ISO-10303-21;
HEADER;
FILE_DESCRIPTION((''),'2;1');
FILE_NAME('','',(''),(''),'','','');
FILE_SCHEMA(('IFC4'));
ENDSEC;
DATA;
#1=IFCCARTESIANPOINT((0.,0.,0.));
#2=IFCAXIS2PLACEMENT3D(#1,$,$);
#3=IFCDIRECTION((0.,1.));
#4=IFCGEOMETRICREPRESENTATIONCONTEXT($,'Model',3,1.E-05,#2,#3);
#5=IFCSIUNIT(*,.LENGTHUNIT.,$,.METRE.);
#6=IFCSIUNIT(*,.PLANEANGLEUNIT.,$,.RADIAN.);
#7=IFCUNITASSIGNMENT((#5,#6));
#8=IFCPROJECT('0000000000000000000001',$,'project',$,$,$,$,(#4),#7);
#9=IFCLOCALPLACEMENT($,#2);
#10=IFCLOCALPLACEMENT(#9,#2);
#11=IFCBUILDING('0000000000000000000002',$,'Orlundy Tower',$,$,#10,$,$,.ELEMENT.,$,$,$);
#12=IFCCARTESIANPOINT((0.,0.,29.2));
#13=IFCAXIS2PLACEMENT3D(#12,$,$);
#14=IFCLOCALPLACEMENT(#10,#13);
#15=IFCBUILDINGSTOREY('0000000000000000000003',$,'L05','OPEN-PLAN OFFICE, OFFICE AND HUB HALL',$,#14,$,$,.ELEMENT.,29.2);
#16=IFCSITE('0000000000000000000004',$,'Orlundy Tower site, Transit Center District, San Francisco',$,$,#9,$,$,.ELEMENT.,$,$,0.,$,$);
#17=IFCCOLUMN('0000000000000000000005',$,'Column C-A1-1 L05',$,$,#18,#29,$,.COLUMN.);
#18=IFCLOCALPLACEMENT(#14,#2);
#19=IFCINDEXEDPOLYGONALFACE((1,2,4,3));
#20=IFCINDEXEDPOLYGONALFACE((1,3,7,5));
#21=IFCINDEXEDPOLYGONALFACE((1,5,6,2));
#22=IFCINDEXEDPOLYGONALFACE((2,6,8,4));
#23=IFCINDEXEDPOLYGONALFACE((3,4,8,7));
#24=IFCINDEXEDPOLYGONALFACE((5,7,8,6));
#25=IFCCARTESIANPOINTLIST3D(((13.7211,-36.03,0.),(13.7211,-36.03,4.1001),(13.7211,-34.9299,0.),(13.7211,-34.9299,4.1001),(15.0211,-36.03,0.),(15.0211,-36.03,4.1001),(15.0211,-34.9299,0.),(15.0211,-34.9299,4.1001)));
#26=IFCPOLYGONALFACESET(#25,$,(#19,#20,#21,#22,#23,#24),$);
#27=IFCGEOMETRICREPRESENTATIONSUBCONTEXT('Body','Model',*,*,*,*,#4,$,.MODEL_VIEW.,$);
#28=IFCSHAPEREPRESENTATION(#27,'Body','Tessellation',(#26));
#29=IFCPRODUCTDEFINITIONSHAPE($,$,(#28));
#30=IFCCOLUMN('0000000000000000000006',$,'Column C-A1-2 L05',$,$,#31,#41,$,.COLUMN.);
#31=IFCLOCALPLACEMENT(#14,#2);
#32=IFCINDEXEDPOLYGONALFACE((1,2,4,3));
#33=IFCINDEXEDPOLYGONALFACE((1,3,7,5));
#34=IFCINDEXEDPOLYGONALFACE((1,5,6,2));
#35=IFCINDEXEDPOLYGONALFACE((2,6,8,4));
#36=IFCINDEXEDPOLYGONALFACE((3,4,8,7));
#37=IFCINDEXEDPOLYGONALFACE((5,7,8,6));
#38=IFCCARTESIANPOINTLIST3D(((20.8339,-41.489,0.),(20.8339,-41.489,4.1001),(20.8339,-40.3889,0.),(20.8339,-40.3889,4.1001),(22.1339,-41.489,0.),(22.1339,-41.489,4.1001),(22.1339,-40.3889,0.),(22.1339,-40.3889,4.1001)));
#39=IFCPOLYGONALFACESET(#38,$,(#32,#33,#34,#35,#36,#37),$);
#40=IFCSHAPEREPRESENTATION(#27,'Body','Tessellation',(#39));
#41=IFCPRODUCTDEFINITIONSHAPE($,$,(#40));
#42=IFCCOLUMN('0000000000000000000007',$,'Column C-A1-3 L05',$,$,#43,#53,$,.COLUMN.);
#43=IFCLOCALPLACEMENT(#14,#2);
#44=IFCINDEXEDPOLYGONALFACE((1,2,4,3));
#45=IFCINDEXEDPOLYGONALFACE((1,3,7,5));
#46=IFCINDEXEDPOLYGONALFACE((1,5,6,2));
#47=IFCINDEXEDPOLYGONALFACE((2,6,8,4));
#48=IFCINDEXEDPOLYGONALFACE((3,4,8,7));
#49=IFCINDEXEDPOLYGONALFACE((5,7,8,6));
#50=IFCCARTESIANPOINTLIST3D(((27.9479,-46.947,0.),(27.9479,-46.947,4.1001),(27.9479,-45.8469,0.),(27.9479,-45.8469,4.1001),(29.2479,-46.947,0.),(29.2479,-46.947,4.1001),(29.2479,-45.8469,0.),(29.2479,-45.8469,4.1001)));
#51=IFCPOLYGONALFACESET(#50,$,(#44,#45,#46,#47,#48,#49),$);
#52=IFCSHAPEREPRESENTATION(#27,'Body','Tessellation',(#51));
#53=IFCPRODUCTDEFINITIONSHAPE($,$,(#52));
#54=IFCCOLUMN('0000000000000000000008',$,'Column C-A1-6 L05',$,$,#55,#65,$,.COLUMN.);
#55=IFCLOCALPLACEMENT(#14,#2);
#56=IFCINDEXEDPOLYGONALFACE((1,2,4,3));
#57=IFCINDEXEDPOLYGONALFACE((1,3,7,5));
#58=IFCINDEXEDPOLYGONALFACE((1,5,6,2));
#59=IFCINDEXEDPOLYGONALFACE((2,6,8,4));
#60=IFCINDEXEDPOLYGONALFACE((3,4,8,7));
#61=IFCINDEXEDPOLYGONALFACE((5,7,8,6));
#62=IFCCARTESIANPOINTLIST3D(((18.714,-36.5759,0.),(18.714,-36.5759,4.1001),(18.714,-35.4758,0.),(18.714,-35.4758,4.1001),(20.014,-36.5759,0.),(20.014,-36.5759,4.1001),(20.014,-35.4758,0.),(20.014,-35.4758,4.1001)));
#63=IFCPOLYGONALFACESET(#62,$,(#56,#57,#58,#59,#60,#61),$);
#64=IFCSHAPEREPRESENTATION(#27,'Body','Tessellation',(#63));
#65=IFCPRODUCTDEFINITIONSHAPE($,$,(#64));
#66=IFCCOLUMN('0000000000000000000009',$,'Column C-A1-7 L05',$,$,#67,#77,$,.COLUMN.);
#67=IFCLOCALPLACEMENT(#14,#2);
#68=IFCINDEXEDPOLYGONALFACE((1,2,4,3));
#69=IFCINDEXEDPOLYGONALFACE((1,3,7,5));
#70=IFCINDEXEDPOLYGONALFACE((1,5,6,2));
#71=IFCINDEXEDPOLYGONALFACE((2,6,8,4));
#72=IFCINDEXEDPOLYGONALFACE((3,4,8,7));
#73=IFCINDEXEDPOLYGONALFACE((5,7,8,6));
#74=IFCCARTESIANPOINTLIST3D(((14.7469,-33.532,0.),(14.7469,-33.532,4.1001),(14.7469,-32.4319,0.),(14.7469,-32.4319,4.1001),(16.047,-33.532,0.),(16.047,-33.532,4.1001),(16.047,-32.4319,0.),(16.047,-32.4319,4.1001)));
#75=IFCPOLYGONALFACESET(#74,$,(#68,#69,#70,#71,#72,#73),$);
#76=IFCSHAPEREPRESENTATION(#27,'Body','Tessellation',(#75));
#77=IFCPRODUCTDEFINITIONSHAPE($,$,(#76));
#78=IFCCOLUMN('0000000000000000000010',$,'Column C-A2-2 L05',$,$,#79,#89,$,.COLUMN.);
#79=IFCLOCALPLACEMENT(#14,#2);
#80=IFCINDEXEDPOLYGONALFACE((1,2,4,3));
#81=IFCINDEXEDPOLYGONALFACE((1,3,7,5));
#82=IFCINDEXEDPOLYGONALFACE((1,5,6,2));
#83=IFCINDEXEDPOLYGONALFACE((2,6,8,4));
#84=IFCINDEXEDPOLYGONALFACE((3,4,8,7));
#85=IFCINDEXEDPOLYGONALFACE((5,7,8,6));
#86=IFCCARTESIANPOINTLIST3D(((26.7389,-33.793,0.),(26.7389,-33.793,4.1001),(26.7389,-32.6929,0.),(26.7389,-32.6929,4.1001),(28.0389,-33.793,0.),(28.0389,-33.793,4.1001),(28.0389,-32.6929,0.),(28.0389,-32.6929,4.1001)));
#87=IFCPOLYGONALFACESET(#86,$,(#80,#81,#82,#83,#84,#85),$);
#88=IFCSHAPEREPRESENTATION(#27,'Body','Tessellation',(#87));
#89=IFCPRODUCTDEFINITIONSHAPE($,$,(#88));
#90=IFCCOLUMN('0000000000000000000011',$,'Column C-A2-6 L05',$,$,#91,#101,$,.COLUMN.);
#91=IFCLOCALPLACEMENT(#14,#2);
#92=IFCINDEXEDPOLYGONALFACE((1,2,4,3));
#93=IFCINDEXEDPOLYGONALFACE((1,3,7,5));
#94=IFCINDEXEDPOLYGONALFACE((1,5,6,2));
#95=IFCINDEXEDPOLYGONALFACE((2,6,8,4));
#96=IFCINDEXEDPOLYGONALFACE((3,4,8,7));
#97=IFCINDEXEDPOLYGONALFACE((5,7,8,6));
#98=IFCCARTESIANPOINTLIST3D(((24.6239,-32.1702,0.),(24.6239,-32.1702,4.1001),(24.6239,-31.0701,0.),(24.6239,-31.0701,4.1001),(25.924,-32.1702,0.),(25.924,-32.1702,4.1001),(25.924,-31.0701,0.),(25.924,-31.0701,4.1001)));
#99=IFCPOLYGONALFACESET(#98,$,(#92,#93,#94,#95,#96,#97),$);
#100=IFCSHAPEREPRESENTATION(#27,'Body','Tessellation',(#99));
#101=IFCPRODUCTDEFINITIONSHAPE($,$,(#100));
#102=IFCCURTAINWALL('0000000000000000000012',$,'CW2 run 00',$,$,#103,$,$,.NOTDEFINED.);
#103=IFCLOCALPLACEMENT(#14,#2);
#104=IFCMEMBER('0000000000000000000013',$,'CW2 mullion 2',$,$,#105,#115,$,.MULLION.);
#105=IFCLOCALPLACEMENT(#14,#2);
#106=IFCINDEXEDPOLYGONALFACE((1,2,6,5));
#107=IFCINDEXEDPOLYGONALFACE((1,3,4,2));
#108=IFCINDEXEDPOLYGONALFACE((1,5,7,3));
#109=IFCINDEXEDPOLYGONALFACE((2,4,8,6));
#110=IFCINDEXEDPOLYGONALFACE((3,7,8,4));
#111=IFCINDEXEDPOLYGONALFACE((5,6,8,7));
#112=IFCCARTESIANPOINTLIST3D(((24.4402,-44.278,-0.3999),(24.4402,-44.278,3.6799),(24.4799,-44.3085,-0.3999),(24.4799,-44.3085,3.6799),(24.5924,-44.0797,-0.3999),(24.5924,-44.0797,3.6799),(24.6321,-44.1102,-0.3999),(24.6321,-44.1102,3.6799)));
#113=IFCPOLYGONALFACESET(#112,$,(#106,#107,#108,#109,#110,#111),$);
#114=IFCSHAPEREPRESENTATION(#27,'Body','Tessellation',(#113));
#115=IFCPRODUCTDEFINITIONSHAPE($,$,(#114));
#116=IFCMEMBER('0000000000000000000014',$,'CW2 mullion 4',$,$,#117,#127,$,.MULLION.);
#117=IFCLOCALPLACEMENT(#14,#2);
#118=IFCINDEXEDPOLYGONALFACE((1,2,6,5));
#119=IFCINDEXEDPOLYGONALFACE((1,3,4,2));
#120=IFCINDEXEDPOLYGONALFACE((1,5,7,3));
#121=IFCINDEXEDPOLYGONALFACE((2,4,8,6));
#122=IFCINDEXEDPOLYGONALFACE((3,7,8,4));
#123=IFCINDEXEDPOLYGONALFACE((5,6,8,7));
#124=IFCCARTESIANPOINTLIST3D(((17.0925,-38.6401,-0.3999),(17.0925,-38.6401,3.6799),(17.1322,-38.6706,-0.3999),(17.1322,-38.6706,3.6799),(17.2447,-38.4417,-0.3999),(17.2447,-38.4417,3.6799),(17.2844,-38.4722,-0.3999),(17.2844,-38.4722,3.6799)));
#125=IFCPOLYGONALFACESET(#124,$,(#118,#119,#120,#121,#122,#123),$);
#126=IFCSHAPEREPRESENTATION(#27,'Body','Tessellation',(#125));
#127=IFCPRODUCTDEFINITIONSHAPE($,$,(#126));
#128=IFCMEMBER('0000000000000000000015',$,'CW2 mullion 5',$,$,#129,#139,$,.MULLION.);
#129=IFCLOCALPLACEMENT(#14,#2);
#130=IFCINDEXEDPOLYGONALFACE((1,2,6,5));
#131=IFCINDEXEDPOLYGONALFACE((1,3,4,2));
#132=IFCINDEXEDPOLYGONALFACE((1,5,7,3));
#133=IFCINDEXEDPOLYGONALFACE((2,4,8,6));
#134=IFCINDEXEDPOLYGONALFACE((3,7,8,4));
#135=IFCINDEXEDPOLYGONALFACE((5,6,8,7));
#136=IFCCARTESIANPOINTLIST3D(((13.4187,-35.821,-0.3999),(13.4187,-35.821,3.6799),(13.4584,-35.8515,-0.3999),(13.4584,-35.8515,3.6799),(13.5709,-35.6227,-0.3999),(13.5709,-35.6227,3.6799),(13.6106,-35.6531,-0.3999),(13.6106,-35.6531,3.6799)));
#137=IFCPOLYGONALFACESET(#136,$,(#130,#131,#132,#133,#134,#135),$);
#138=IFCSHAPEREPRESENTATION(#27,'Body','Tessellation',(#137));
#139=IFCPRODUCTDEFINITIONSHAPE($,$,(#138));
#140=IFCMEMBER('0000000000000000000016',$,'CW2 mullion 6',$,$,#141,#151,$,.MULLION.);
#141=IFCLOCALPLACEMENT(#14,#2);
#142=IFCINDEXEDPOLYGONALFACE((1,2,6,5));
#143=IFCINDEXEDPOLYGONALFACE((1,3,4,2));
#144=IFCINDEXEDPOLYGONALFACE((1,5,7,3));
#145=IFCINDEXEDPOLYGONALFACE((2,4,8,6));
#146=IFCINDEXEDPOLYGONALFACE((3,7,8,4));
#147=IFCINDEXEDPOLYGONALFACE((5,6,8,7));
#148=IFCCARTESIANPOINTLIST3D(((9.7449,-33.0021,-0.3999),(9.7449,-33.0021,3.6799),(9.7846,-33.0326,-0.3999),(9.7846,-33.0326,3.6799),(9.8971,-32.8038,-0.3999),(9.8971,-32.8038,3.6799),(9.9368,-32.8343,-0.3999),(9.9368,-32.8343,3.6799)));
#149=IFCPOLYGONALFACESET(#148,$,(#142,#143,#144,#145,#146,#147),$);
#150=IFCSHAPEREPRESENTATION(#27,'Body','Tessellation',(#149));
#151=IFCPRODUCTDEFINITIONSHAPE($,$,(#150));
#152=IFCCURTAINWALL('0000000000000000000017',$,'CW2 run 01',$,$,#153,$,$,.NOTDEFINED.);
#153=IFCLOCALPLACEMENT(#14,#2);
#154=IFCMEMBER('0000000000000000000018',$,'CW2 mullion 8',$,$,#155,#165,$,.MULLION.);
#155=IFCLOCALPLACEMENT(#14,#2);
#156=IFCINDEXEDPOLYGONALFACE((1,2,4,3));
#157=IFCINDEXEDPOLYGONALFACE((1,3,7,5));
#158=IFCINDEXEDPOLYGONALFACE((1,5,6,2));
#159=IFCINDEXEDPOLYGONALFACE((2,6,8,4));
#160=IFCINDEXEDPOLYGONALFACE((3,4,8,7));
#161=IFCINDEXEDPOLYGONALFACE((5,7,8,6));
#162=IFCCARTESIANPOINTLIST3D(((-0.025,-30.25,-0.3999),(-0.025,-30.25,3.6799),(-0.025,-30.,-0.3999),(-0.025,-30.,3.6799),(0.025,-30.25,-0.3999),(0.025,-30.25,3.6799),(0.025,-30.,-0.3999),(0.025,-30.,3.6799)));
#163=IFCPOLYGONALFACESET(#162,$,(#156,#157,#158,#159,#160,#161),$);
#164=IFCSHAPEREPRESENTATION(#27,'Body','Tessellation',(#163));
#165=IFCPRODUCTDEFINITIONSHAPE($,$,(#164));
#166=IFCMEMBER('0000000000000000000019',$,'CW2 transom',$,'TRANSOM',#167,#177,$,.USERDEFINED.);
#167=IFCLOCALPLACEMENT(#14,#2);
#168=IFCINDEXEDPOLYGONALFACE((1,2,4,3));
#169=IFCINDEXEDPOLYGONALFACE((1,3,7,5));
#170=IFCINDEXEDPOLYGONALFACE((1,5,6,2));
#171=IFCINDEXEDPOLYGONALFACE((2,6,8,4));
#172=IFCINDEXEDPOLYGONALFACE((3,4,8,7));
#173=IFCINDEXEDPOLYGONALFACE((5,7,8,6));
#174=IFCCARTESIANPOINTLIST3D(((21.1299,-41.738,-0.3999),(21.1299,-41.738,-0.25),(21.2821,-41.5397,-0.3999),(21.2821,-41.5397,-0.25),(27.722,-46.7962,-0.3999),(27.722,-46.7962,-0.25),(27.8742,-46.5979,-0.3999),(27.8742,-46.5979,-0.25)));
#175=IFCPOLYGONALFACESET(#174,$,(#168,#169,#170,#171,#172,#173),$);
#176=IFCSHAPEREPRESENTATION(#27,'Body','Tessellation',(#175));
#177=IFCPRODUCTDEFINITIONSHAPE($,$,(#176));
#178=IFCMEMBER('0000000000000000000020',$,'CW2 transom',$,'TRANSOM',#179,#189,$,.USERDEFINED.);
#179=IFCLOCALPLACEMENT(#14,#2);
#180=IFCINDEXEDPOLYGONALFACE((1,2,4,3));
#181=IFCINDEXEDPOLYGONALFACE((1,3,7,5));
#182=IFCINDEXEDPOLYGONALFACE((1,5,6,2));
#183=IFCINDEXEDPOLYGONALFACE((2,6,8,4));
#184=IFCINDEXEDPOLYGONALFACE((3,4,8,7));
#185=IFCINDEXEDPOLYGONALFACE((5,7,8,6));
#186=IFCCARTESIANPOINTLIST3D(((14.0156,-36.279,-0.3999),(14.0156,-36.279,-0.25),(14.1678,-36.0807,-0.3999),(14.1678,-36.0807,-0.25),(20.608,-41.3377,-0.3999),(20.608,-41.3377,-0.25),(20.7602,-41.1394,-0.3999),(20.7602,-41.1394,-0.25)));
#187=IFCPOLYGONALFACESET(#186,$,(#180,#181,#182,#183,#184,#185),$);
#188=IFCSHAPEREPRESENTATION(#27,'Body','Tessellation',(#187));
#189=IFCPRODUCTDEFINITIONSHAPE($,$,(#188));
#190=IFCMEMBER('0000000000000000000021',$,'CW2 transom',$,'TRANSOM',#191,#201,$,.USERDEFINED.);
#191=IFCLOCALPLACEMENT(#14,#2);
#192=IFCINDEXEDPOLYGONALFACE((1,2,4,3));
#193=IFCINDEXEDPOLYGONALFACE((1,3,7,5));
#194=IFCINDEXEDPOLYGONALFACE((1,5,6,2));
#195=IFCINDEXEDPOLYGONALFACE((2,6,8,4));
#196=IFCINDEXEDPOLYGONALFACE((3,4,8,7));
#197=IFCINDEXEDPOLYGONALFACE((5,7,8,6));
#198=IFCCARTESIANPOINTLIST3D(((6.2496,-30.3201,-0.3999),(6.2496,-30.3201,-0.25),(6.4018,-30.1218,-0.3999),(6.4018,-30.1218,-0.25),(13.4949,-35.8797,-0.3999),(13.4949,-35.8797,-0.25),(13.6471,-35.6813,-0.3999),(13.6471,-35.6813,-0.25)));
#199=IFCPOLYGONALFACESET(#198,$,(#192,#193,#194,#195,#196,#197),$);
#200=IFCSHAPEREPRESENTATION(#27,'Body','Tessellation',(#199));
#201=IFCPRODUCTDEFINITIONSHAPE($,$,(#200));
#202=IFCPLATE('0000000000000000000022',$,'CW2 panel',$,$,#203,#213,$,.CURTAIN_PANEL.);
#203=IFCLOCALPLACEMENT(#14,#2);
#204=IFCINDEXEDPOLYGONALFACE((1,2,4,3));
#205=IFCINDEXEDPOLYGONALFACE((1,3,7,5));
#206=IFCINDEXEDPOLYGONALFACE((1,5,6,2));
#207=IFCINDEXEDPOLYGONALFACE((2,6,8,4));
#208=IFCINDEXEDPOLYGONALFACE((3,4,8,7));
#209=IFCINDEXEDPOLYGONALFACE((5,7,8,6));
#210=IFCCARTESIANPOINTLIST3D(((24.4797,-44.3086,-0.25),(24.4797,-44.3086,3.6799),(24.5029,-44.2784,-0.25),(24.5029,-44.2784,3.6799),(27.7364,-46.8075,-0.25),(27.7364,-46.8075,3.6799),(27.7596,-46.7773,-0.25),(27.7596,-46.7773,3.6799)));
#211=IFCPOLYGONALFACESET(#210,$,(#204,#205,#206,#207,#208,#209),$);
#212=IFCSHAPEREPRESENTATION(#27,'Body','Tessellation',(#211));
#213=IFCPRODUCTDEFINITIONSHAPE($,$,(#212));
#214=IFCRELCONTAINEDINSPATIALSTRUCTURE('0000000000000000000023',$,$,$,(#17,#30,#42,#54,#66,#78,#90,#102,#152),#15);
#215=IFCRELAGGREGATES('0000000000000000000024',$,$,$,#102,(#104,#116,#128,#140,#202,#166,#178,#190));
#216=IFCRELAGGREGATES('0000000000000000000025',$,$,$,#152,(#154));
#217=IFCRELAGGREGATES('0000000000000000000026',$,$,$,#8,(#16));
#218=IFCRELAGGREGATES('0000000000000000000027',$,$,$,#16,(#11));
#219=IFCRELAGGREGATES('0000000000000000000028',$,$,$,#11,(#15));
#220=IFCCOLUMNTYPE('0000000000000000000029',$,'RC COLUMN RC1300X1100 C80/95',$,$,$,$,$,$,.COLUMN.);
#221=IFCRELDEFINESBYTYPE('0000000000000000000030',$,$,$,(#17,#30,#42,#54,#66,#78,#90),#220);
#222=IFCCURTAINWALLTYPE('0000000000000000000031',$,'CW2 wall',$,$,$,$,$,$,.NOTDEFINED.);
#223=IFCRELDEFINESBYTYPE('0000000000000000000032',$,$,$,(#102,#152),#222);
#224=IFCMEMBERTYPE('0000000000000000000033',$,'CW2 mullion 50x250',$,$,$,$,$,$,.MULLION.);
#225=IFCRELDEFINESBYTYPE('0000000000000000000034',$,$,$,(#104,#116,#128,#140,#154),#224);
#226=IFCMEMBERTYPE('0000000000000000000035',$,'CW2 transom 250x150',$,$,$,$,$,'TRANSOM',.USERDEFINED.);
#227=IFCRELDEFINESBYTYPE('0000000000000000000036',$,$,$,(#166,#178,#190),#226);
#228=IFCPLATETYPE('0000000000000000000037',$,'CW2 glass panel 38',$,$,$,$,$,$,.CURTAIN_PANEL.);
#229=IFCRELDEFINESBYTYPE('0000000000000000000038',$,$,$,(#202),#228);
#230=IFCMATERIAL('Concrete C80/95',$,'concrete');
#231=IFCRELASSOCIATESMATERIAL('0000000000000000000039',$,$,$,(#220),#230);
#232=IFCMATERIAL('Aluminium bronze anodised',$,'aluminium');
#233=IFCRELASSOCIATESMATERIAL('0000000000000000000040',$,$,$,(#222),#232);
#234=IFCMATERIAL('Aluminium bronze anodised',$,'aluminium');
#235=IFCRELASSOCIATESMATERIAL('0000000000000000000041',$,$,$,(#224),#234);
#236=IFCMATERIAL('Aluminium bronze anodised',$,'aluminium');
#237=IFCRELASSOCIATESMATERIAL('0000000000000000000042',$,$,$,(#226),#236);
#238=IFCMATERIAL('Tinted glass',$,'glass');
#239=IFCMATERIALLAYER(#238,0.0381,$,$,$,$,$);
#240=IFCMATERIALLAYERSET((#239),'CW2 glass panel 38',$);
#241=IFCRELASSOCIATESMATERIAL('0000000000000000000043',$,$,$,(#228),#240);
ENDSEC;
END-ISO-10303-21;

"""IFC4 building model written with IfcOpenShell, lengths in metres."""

from ifc_helpers import new_model, si_unit, direction, frame, origin, origin_2d, place, context, subcontext, project, spatial, rectangle, extrude, material, layer, layer_set, material_profile, profile_set, type_object, element, aggregate, save


model = new_model("IFC4")

# Units and contexts
model_context = context("Model", 3, precision=1e-05, world=origin(), true_north=direction((0.0, 1.0)))
body_context = subcontext(model_context, "Body", "Model", "MODEL_VIEW")
ifc_project = project(units=[si_unit("LENGTHUNIT", "METRE"), si_unit("PLANEANGLEUNIT", "RADIAN")], contexts=[model_context])

# Site, building, storey
site_placement = place(None, origin())
site = spatial("IfcSite", under=ifc_project, at=site_placement, Name="Orlundy Tower site, Transit Center District, San Francisco", CompositionType="ELEMENT", RefElevation=0.0)
building_placement = place(site_placement, origin())
building = spatial("IfcBuilding", under=site, at=building_placement, Name="Orlundy Tower", CompositionType="ELEMENT")
storey_placement = place(building_placement, frame((0.0, 0.0, 29.2)))
storey = spatial("IfcBuildingStorey", under=building, at=storey_placement, Name="L05", Description="OPEN-PLAN OFFICE, OFFICE AND HUB HALL", CompositionType="ELEMENT", Elevation=29.2)

# Columns
ifc_material_1 = material(Name="Concrete C80/95", Category="concrete")
ifc_material_profile_1 = material_profile(ifc_material_1, rectangle(XDim=1.3, YDim=1.1001, at=origin_2d()), Name="RC1300X1100")
ifc_profile_set_1 = profile_set([ifc_material_profile_1], Name="Concrete C80/95")
column_type = type_object("IfcColumnType", Name="RC COLUMN RC1300X1100 C80/95", PredefinedType="COLUMN", material=ifc_profile_set_1)
for number, where, z_axis, x_axis, name in (
    (1, (14.3711, -35.48, 0.0), (0.0, 0.0, 1.0), (1.0, 0.0, 0.0), "Column C-A1-1 L05"),
    (2, (21.4839, -40.939, 0.0), (0.0, 0.0, 1.0), (1.0, 0.0, 0.0), "Column C-A1-2 L05"),
    (3, (28.5979, -46.397, 0.0), (0.0, 0.0, 1.0), (1.0, 0.0, 0.0), "Column C-A1-3 L05"),
    (4, (19.364, -36.0259, 0.0), (0.0, 0.0, 1.0), (1.0, 0.0, 0.0), "Column C-A1-6 L05"),
    (5, (15.397, -32.9819, 0.0), (0.0, 0.0, 1.0), (1.0, 0.0, 0.0), "Column C-A1-7 L05"),
    (6, (27.3889, -33.2429, 0.0), (0.0, 0.0, 1.0), (1.0, 0.0, 0.0), "Column C-A2-2 L05"),
    (7, (25.2739, -31.6201, 0.0), (0.0, 0.0, 1.0), (1.0, 0.0, 0.0), "Column C-A2-6 L05"),
):
    element("IfcColumn", number, at=place(storey_placement, frame(where, z_axis=z_axis, x_axis=x_axis)), inside=storey, type_object=column_type, Name=name, PredefinedType="COLUMN", context=body_context, shape_type="SweptSolid", body=[
        extrude(rectangle(XDim=1.3, YDim=1.1001, at=origin_2d()), origin(), (0.0, 0.0, 1.0), 4.1001),
    ])

# Curtain wall, members
ifc_material_2 = material(Name="Aluminium bronze anodised", Category="aluminium")
curtain_wall_type = type_object("IfcCurtainWallType", Name="CW2 wall", PredefinedType="NOTDEFINED", material=ifc_material_2)
curtain_wall_1_placement = place(storey_placement, origin())
curtain_wall_1 = element("IfcCurtainWall", 8, at=curtain_wall_1_placement, inside=storey, type_object=curtain_wall_type, Name="CW2 run 00", PredefinedType="NOTDEFINED")
ifc_material_3 = material(Name="Aluminium bronze anodised", Category="aluminium")
ifc_material_profile_2 = material_profile(ifc_material_3, rectangle(XDim=0.25, YDim=0.05, at=origin_2d()), Name="CW2 mullion 50x250")
ifc_profile_set_2 = profile_set([ifc_material_profile_2], Name="Aluminium bronze anodised")
member_type_1 = type_object("IfcMemberType", Name="CW2 mullion 50x250", PredefinedType="MULLION", material=ifc_profile_set_2)
member_1_placement = place(storey_placement, frame((24.5361, -44.1941, -0.3999), z_axis=(0.0, 0.0, 1.0), x_axis=(-0.608757, -0.793357, 0.0)))
member_1 = element("IfcMember", 9, at=member_1_placement, type_object=member_type_1, Name="CW2 mullion 2", PredefinedType="MULLION", context=body_context, shape_type="SweptSolid", body=[
    extrude(rectangle(XDim=0.25, YDim=0.05, at=origin_2d()), origin(), (0.0, 0.0, 1.0), 4.0798),
])
member_2_placement = place(storey_placement, frame((17.1885, -38.5562, -0.3999), z_axis=(0.0, 0.0, 1.0), x_axis=(-0.608757, -0.793357, 0.0)))
member_2 = element("IfcMember", 10, at=member_2_placement, type_object=member_type_1, Name="CW2 mullion 4", PredefinedType="MULLION", context=body_context, shape_type="SweptSolid", body=[
    extrude(rectangle(XDim=0.25, YDim=0.05, at=origin_2d()), origin(), (0.0, 0.0, 1.0), 4.0798),
])
member_3_placement = place(storey_placement, frame((13.5146, -35.7371, -0.3999), z_axis=(0.0, 0.0, 1.0), x_axis=(-0.608757, -0.793357, 0.0)))
member_3 = element("IfcMember", 11, at=member_3_placement, type_object=member_type_1, Name="CW2 mullion 5", PredefinedType="MULLION", context=body_context, shape_type="SweptSolid", body=[
    extrude(rectangle(XDim=0.25, YDim=0.05, at=origin_2d()), origin(), (0.0, 0.0, 1.0), 4.0798),
])
member_4_placement = place(storey_placement, frame((9.8408, -32.9182, -0.3999), z_axis=(0.0, 0.0, 1.0), x_axis=(-0.608757, -0.793357, 0.0)))
member_4 = element("IfcMember", 12, at=member_4_placement, type_object=member_type_1, Name="CW2 mullion 6", PredefinedType="MULLION", context=body_context, shape_type="SweptSolid", body=[
    extrude(rectangle(XDim=0.25, YDim=0.05, at=origin_2d()), origin(), (0.0, 0.0, 1.0), 4.0798),
])

# Curtain wall, member
curtain_wall_2_placement = place(storey_placement, origin())
curtain_wall_2 = element("IfcCurtainWall", 13, at=curtain_wall_2_placement, inside=storey, type_object=curtain_wall_type, Name="CW2 run 01", PredefinedType="NOTDEFINED")
member_5_placement = place(storey_placement, frame((0.0, -30.125, -0.3999), z_axis=(0.0, 0.0, 1.0), x_axis=(0.0, -1.0, 0.0)))
member_5 = element("IfcMember", 14, at=member_5_placement, type_object=member_type_1, Name="CW2 mullion 8", PredefinedType="MULLION", context=body_context, shape_type="SweptSolid", body=[
    extrude(rectangle(XDim=0.25, YDim=0.05, at=origin_2d()), origin(), (0.0, 0.0, 1.0), 4.0798),
])

# Members
ifc_material_4 = material(Name="Aluminium bronze anodised", Category="aluminium")
ifc_material_profile_3 = material_profile(ifc_material_4, rectangle(XDim=0.25, YDim=0.1499, at=origin_2d()), Name="CW2 transom 250x150")
ifc_profile_set_3 = profile_set([ifc_material_profile_3], Name="Aluminium bronze anodised")
member_type_2 = type_object("IfcMemberType", Name="CW2 transom 250x150", ElementType="TRANSOM", PredefinedType="USERDEFINED", material=ifc_profile_set_3)
member_6_placement = place(storey_placement, frame((27.7981, -46.697, -0.325), z_axis=(-0.793362, 0.60875, 0.0), x_axis=(-0.60875, -0.793362, 0.0)))
member_6 = element("IfcMember", 15, at=member_6_placement, type_object=member_type_2, Name="CW2 transom", ObjectType="TRANSOM", PredefinedType="USERDEFINED", context=body_context, shape_type="SweptSolid", body=[
    extrude(rectangle(XDim=0.25, YDim=0.1499, at=origin_2d()), origin(), (0.0, 0.0, 1.0), 8.3091),
])
member_7_placement = place(storey_placement, frame((20.6841, -41.2385, -0.325), z_axis=(-0.793344, 0.608773, 0.0), x_axis=(-0.608773, -0.793344, 0.0)))
member_7 = element("IfcMember", 16, at=member_7_placement, type_object=member_type_2, Name="CW2 transom", ObjectType="TRANSOM", PredefinedType="USERDEFINED", context=body_context, shape_type="SweptSolid", body=[
    extrude(rectangle(XDim=0.25, YDim=0.1499, at=origin_2d()), origin(), (0.0, 0.0, 1.0), 8.3096),
])
member_8_placement = place(storey_placement, frame((13.571, -35.7805, -0.325), z_axis=(-0.793353, 0.608762, 0.0), x_axis=(-0.608762, -0.793353, 0.0)))
member_8 = element("IfcMember", 17, at=member_8_placement, type_object=member_type_2, Name="CW2 transom", ObjectType="TRANSOM", PredefinedType="USERDEFINED", context=body_context, shape_type="SweptSolid", body=[
    extrude(rectangle(XDim=0.25, YDim=0.1499, at=origin_2d()), origin(), (0.0, 0.0, 1.0), 9.1326),
])

# Plate
ifc_material_5 = material(Name="Tinted glass", Category="glass")
ifc_layer_1 = layer(ifc_material_5, 0.0381)
ifc_layer_set_1 = layer_set([ifc_layer_1], Name="CW2 glass panel 38")
plate_type = type_object("IfcPlateType", Name="CW2 glass panel 38", PredefinedType="CURTAIN_PANEL", material=ifc_layer_set_1)
plate_1_placement = place(storey_placement, frame((26.1196, -45.543, -0.25), z_axis=(0.0, 0.0, 1.0), x_axis=(-0.793357, 0.608757, 0.0)))
plate_1 = element("IfcPlate", 18, at=plate_1_placement, type_object=plate_type, Name="CW2 panel", PredefinedType="CURTAIN_PANEL", context=body_context, shape_type="SweptSolid", body=[
    extrude(rectangle(XDim=4.105, YDim=0.0381, at=origin_2d()), origin(), (0.0, 0.0, 1.0), 3.9299),
])
aggregate(curtain_wall_1, [member_1, member_2, member_3, member_4, plate_1, member_6, member_7, member_8])
aggregate(curtain_wall_2, [member_5])

save(model, "model.ifc")
